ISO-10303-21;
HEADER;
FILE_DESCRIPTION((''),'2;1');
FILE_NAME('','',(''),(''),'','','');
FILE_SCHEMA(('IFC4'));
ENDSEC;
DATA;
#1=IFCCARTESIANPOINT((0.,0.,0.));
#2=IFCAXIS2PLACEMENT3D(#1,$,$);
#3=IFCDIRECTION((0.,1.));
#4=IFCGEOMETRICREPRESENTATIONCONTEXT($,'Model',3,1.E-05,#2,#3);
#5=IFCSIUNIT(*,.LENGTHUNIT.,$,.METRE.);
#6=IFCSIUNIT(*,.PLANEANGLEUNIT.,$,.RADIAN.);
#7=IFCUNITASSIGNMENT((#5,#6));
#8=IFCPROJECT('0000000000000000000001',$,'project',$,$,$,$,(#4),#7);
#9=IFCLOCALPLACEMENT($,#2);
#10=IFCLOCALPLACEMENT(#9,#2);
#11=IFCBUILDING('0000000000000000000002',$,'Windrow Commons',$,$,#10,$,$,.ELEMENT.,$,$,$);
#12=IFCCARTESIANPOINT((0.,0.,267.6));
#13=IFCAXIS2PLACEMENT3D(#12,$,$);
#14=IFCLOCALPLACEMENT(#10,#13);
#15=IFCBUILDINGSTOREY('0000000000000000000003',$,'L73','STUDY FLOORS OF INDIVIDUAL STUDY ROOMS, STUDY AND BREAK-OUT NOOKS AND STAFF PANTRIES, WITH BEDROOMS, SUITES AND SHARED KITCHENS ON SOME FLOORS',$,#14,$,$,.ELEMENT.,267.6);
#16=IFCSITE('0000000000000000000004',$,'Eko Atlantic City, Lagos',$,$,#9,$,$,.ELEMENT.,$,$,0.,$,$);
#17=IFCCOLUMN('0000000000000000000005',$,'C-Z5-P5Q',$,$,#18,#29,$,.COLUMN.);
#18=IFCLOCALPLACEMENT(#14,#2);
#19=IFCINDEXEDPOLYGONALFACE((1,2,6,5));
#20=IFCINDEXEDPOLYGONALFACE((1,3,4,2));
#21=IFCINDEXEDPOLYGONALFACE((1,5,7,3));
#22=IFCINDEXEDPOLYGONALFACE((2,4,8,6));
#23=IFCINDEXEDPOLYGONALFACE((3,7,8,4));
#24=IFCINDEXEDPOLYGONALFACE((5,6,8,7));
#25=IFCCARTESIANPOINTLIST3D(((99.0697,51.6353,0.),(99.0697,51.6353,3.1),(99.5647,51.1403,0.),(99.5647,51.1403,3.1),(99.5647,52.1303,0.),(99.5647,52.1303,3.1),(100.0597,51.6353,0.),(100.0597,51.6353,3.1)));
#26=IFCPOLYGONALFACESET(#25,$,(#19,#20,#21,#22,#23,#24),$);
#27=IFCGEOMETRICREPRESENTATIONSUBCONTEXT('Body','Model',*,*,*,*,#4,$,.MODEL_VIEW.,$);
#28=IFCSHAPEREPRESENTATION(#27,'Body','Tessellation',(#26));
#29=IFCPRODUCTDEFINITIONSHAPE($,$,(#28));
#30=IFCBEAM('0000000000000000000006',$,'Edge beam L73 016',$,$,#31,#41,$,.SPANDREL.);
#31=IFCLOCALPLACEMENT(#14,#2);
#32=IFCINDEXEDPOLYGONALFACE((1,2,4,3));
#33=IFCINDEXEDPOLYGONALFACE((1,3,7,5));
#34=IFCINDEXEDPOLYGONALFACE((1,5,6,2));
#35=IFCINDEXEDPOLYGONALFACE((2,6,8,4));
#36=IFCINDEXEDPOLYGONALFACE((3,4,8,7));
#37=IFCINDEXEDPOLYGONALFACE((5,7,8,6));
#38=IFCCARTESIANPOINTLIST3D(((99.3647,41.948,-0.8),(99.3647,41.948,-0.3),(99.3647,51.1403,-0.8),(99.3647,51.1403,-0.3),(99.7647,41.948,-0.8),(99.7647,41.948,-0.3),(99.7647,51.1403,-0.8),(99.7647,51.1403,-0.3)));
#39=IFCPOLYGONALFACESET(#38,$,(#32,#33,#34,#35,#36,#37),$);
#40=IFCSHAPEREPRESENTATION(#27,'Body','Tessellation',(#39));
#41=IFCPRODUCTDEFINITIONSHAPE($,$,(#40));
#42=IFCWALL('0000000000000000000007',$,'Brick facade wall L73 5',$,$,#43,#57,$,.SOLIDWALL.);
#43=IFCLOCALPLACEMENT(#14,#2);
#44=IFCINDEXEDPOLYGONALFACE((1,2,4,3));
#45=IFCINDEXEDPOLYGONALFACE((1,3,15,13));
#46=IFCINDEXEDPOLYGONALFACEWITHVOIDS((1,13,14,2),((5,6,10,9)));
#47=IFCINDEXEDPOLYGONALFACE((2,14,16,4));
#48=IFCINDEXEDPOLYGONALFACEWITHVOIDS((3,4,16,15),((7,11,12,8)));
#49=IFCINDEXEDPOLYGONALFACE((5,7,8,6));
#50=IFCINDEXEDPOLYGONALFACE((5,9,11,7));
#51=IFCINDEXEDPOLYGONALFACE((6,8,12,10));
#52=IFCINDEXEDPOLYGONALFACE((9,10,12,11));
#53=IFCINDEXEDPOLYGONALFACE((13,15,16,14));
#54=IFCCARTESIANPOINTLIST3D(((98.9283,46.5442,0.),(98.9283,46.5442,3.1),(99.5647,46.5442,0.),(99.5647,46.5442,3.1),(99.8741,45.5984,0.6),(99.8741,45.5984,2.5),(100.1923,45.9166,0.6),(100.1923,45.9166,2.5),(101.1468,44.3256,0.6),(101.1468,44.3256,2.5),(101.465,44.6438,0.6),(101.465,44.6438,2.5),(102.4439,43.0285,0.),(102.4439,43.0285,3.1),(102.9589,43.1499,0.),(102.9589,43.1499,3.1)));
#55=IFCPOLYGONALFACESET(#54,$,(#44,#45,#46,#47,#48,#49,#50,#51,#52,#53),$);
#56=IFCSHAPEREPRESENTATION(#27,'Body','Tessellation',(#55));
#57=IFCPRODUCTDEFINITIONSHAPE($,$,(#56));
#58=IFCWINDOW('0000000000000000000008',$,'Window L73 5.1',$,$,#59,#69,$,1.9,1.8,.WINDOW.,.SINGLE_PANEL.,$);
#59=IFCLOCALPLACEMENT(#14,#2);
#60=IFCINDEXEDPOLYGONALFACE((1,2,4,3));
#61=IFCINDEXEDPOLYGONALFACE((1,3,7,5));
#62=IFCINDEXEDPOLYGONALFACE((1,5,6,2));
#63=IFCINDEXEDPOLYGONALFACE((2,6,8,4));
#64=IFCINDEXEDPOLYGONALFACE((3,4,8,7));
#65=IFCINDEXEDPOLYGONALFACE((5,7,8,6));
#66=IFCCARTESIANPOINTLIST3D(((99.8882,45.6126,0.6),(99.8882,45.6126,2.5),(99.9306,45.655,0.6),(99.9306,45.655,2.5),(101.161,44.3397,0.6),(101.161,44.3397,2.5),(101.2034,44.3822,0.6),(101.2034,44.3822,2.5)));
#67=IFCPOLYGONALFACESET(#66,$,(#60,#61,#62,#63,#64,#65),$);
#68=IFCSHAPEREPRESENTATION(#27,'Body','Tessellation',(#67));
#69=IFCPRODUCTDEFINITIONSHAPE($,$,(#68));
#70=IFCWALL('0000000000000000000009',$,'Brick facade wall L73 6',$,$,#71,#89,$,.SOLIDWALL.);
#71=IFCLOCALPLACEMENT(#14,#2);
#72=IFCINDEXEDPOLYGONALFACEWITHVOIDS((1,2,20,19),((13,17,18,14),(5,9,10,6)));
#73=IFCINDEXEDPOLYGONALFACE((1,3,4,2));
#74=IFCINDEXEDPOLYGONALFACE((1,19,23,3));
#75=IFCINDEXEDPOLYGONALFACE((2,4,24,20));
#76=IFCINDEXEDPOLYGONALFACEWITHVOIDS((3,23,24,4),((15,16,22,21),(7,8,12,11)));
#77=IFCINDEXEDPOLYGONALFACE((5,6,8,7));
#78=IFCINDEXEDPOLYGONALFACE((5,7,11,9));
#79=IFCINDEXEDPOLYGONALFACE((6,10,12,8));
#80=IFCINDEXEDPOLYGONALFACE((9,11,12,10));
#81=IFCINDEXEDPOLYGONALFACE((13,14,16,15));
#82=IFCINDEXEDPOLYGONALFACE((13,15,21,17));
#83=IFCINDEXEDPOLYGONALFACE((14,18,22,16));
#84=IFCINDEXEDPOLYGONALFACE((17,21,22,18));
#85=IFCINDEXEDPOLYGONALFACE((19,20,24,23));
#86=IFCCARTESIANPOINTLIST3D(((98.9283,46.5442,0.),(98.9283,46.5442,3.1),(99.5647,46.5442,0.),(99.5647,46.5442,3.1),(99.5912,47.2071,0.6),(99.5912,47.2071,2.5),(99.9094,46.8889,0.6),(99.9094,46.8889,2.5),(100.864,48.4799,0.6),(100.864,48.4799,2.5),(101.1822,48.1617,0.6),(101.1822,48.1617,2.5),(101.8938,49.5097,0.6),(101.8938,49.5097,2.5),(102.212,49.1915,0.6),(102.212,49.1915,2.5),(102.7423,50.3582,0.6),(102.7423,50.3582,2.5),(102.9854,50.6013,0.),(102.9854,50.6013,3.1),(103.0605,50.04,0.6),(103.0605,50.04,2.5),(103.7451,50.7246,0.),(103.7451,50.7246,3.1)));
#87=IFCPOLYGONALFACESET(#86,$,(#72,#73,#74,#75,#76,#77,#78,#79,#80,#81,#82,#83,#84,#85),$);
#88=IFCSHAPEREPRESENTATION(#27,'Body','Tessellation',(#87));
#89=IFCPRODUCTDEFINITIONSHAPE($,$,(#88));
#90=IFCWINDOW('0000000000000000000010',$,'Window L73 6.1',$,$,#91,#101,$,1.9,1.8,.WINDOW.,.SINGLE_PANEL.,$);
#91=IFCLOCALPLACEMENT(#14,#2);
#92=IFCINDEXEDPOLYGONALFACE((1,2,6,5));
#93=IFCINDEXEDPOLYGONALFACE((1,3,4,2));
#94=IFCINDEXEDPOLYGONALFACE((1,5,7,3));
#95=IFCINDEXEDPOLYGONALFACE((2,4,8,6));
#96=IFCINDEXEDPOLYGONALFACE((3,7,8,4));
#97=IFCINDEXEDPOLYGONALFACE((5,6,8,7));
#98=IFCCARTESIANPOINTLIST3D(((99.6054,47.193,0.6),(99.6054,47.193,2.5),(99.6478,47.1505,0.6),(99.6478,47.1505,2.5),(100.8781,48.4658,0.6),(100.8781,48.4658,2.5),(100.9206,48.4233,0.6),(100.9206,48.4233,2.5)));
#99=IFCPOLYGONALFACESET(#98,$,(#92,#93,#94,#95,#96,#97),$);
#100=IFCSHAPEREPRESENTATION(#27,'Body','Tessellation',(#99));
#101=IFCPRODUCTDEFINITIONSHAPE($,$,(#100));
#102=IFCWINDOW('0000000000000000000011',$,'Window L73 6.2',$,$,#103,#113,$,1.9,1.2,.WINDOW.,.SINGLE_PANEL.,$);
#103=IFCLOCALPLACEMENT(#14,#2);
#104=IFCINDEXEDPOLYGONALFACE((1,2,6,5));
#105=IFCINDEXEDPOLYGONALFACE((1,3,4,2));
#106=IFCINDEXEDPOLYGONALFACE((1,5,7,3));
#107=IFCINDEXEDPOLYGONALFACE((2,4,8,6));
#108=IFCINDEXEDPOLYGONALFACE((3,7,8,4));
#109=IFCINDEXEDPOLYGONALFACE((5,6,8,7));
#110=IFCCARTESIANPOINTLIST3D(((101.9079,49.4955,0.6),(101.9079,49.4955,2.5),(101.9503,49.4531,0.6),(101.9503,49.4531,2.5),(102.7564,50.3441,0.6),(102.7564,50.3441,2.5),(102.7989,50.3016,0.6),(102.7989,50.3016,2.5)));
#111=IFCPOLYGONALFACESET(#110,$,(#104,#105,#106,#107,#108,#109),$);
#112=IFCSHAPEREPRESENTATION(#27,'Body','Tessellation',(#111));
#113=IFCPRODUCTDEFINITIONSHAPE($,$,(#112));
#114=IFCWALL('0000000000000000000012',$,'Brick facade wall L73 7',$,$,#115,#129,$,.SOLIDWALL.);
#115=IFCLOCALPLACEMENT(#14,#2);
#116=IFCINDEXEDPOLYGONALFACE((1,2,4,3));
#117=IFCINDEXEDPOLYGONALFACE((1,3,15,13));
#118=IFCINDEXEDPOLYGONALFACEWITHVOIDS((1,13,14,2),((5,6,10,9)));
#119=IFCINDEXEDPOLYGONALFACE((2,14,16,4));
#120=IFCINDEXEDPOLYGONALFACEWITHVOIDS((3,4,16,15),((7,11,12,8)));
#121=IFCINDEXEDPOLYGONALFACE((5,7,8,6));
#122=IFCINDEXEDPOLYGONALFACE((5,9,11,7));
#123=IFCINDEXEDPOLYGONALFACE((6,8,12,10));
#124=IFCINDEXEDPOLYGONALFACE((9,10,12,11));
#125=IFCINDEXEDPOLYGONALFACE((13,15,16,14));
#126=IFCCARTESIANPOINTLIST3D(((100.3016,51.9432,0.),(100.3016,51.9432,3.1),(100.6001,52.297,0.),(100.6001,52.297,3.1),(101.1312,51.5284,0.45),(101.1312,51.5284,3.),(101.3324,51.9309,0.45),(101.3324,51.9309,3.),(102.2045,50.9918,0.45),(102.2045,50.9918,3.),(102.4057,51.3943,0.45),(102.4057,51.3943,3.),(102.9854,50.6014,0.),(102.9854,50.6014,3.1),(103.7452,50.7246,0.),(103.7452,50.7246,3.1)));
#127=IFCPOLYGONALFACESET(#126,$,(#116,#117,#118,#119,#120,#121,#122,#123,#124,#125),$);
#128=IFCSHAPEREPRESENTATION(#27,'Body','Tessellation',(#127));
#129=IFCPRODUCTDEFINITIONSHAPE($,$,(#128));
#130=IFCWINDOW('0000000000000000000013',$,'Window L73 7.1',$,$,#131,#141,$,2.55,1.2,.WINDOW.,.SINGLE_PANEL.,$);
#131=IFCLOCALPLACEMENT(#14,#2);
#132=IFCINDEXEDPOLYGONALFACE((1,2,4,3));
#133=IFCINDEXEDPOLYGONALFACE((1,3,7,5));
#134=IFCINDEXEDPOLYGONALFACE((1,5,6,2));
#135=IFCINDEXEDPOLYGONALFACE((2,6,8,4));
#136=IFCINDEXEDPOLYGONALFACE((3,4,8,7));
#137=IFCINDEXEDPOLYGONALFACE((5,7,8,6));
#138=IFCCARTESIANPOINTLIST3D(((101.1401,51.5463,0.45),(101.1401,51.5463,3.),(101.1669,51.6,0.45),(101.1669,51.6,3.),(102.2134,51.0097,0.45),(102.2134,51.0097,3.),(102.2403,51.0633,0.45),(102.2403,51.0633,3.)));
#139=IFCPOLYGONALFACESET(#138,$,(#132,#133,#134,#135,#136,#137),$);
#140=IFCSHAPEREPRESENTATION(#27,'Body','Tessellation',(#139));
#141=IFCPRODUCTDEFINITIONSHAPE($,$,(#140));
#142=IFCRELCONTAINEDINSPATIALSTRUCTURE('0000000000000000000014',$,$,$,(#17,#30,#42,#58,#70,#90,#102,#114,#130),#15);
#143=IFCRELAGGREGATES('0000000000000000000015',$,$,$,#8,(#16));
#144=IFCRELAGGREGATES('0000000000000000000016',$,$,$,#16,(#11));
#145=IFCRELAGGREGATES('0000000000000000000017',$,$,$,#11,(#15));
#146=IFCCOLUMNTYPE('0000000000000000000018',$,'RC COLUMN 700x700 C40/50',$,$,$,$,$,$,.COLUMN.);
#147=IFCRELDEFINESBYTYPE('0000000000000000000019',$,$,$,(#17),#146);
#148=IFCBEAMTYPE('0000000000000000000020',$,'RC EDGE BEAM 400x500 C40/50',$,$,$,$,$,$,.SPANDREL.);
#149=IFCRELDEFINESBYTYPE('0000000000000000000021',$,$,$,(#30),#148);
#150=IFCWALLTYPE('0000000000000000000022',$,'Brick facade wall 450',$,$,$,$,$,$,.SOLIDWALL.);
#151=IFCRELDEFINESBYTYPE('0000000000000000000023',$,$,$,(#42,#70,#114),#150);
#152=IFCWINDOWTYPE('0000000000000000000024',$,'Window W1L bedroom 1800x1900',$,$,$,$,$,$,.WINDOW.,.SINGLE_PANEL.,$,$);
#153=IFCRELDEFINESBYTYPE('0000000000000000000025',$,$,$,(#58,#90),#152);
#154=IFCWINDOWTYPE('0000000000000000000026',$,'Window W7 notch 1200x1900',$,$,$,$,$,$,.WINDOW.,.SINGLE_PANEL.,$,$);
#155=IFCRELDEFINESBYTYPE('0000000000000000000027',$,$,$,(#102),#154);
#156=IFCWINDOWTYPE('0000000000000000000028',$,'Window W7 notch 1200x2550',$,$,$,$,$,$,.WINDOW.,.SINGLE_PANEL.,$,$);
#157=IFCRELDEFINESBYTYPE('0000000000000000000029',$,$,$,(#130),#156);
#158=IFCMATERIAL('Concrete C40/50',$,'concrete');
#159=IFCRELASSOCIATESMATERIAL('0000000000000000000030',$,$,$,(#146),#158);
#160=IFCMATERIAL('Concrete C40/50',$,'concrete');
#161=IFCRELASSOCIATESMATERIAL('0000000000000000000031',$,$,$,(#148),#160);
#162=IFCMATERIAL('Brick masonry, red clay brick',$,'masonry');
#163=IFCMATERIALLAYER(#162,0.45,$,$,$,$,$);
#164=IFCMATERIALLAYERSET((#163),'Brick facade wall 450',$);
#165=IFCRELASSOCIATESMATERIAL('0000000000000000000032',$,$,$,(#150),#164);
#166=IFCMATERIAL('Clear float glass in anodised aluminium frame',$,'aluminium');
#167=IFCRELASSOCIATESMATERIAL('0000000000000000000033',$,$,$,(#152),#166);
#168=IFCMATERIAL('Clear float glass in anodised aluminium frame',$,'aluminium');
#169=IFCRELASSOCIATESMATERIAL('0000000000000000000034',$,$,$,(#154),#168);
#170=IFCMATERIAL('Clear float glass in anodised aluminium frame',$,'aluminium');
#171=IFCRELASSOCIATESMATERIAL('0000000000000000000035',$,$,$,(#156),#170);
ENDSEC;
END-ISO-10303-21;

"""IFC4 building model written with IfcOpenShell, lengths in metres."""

from ifc_helpers import new_model, si_unit, direction, frame, frame_2d, origin, origin_2d, place, context, subcontext, project, spatial, polyline, rectangle, outline, extrude, material, layer, layer_set, material_profile, profile_set, type_object, element, fill, save


model = new_model("IFC4")

# Units and contexts
model_context = context("Model", 3, precision=1e-05, world=origin(), true_north=direction((0.0, 1.0)))
body_context = subcontext(model_context, "Body", "Model", "MODEL_VIEW")
ifc_project = project(units=[si_unit("LENGTHUNIT", "METRE"), si_unit("PLANEANGLEUNIT", "RADIAN")], contexts=[model_context])

# Site, building, storey
site_placement = place(None, origin())
site = spatial("IfcSite", under=ifc_project, at=site_placement, Name="Eko Atlantic City, Lagos", CompositionType="ELEMENT", RefElevation=0.0)
building_placement = place(site_placement, origin())
building = spatial("IfcBuilding", under=site, at=building_placement, Name="Windrow Commons", CompositionType="ELEMENT")
storey_placement = place(building_placement, frame((0.0, 0.0, 267.6)))
storey = spatial("IfcBuildingStorey", under=building, at=storey_placement, Name="L73", Description="STUDY FLOORS OF INDIVIDUAL STUDY ROOMS, STUDY AND BREAK-OUT NOOKS AND STAFF PANTRIES, WITH BEDROOMS, SUITES AND SHARED KITCHENS ON SOME FLOORS", CompositionType="ELEMENT", Elevation=267.6)

# Column
ifc_material_1 = material(Name="Concrete C40/50", Category="concrete")
ifc_material_profile_1 = material_profile(ifc_material_1, rectangle(XDim=0.7, YDim=0.7, at=origin_2d()))
ifc_profile_set_1 = profile_set([ifc_material_profile_1], Name="Concrete C40/50")
column_type = type_object("IfcColumnType", Name="RC COLUMN 700x700 C40/50", PredefinedType="COLUMN", material=ifc_profile_set_1)
column_placement = place(storey_placement, frame((99.5647, 51.6353, 0.0), z_axis=(0.0, 0.0, 1.0), x_axis=(0.707107, -0.707107, 0.0)))
element("IfcColumn", 1, at=column_placement, inside=storey, type_object=column_type, Name="C-Z5-P5Q", PredefinedType="COLUMN", context=body_context, shape_type="SweptSolid", body=[
    extrude(rectangle(XDim=0.7, YDim=0.7, at=origin_2d()), origin(), (0.0, 0.0, 1.0), 3.1),
])

# Beam
ifc_material_2 = material(Name="Concrete C40/50", Category="concrete")
ifc_material_profile_2 = material_profile(ifc_material_2, rectangle(XDim=0.4, YDim=0.5, at=origin_2d()))
ifc_profile_set_2 = profile_set([ifc_material_profile_2], Name="Concrete C40/50")
beam_type = type_object("IfcBeamType", Name="RC EDGE BEAM 400x500 C40/50", PredefinedType="SPANDREL", material=ifc_profile_set_2)
beam_placement = place(storey_placement, frame((99.5647, 51.1403, -0.55), z_axis=(0.0, -1.0, 0.0), x_axis=(1.0, 0.0, 0.0)))
element("IfcBeam", 2, at=beam_placement, inside=storey, type_object=beam_type, Name="Edge beam L73 016", PredefinedType="SPANDREL", context=body_context, shape_type="SweptSolid", body=[
    extrude(rectangle(XDim=0.4, YDim=0.5, at=origin_2d()), origin(), (0.0, 0.0, 1.0), 9.1923),
])

# Wall, opening, window
ifc_material_3 = material(Name="Brick masonry, red clay brick", Category="masonry")
ifc_layer_1 = layer(ifc_material_3, 0.45)
ifc_layer_set_1 = layer_set([ifc_layer_1], Name="Brick facade wall 450")
wall_type_1 = type_object("IfcWallType", Name="Brick facade wall 450", PredefinedType="SOLIDWALL", material=ifc_layer_set_1)
wall_1_placement = place(storey_placement, frame((102.7014, 43.0892, 0.0), z_axis=(0.0, 0.0, 1.0), x_axis=(-0.707097, 0.707117, 0.0)))
wall_1 = element("IfcWall", 3, at=wall_1_placement, inside=storey, type_object=wall_type_1, Name="Brick facade wall L73 5", PredefinedType="SOLIDWALL", context=body_context, shape_type="SweptSolid", body=[
    extrude(outline(polyline([(-0.1391, -0.225), (4.661, -0.225), (5.111, 0.225), (0.1391, 0.225), (-0.1391, -0.225)])), origin(), (0.0, 0.0, 1.0), 3.1),
])
opening_1_placement = place(wall_1_placement, frame((1.9735, 0.0, 0.6)))
opening_1 = element("IfcOpeningElement", 4, at=opening_1_placement, cuts=wall_1, PredefinedType="OPENING", context=body_context, shape_type="SweptSolid", body=[
    extrude(rectangle(XDim=1.8, YDim=1.9, at=frame_2d((0.9, 0.95))), frame((0.0, 0.235, 0.0), z_axis=(0.0, -1.0, 0.0), x_axis=(1.0, 0.0, 0.0)), (0.0, 0.0, 1.0), 0.47),
])
ifc_material_4 = material(Name="Clear float glass in anodised aluminium frame", Category="aluminium")
window_type_1 = type_object("IfcWindowType", Name="Window W1L bedroom 1800x1900", PartitioningType="SINGLE_PANEL", PredefinedType="WINDOW", material=ifc_material_4)
window_1_placement = place(opening_1_placement, origin())
window_1 = element("IfcWindow", 5, at=window_1_placement, inside=storey, type_object=window_type_1, Name="Window L73 5.1", OverallHeight=1.9, OverallWidth=1.8, PartitioningType="SINGLE_PANEL", PredefinedType="WINDOW", context=body_context, shape_type="SweptSolid", body=[
    extrude(rectangle(XDim=1.8, YDim=1.9, at=frame_2d((0.9, 0.95))), frame((0.0, 0.205, 0.0), z_axis=(0.0, -1.0, 0.0), x_axis=(1.0, 0.0, 0.0)), (0.0, 0.0, 1.0), 0.06),
])
fill(opening_1, window_1)

# Wall, openings, windows
wall_2_placement = place(storey_placement, frame((99.2465, 46.5442, 0.0), z_axis=(0.0, 0.0, 1.0), x_axis=(0.707107, 0.707107, 0.0)))
wall_2 = element("IfcWall", 6, at=wall_2_placement, inside=storey, type_object=wall_type_1, Name="Brick facade wall L73 6", PredefinedType="SOLIDWALL", context=body_context, shape_type="SweptSolid", body=[
    extrude(outline(polyline([(0.225, -0.225), (6.137, -0.225), (5.5126, 0.225), (-0.225, 0.225), (0.225, -0.225)])), origin(), (0.0, 0.0, 1.0), 3.1),
])
opening_2_placement = place(wall_2_placement, frame((0.7125, 0.0, 0.6)))
opening_2 = element("IfcOpeningElement", 7, at=opening_2_placement, cuts=wall_2, PredefinedType="OPENING", context=body_context, shape_type="SweptSolid", body=[
    extrude(rectangle(XDim=1.8, YDim=1.9, at=frame_2d((0.9, 0.95))), frame((0.0, 0.235, 0.0), z_axis=(0.0, -1.0, 0.0), x_axis=(1.0, 0.0, 0.0)), (0.0, 0.0, 1.0), 0.47),
])
opening_3_placement = place(wall_2_placement, frame((3.9688, 0.0, 0.6)))
opening_3 = element("IfcOpeningElement", 8, at=opening_3_placement, cuts=wall_2, PredefinedType="OPENING", context=body_context, shape_type="SweptSolid", body=[
    extrude(rectangle(XDim=1.2, YDim=1.9, at=frame_2d((0.6, 0.95))), frame((0.0, 0.235, 0.0), z_axis=(0.0, -1.0, 0.0), x_axis=(1.0, 0.0, 0.0)), (0.0, 0.0, 1.0), 0.47),
])
window_2_placement = place(opening_2_placement, origin())
window_2 = element("IfcWindow", 9, at=window_2_placement, inside=storey, type_object=window_type_1, Name="Window L73 6.1", OverallHeight=1.9, OverallWidth=1.8, PartitioningType="SINGLE_PANEL", PredefinedType="WINDOW", context=body_context, shape_type="SweptSolid", body=[
    extrude(rectangle(XDim=1.8, YDim=1.9, at=frame_2d((0.9, 0.95))), frame((0.0, 0.205, 0.0), z_axis=(0.0, -1.0, 0.0), x_axis=(1.0, 0.0, 0.0)), (0.0, 0.0, 1.0), 0.06),
])
fill(opening_2, window_2)
ifc_material_5 = material(Name="Clear float glass in anodised aluminium frame", Category="aluminium")
window_type_2 = type_object("IfcWindowType", Name="Window W7 notch 1200x1900", PartitioningType="SINGLE_PANEL", PredefinedType="WINDOW", material=ifc_material_5)
window_3_placement = place(opening_3_placement, origin())
window_3 = element("IfcWindow", 10, at=window_3_placement, inside=storey, type_object=window_type_2, Name="Window L73 6.2", OverallHeight=1.9, OverallWidth=1.2, PartitioningType="SINGLE_PANEL", PredefinedType="WINDOW", context=body_context, shape_type="SweptSolid", body=[
    extrude(rectangle(XDim=1.2, YDim=1.9, at=frame_2d((0.6, 0.95))), frame((0.0, 0.205, 0.0), z_axis=(0.0, -1.0, 0.0), x_axis=(1.0, 0.0, 0.0)), (0.0, 0.0, 1.0), 0.06),
])
fill(opening_3, window_3)

# Wall, opening, window
wall_3_placement = place(storey_placement, frame((103.3653, 50.663, 0.0), z_axis=(0.0, 0.0, 1.0), x_axis=(-0.894446, 0.447177, 0.0)))
wall_3 = element("IfcWall", 11, at=wall_3_placement, inside=storey, type_object=wall_type_1, Name="Brick facade wall L73 7", PredefinedType="SOLIDWALL", context=body_context, shape_type="SweptSolid", body=[
    extrude(outline(polyline([(-0.3122, -0.225), (3.204, -0.225), (3.3128, 0.225), (0.3122, 0.225), (-0.3122, -0.225)])), origin(), (0.0, 0.0, 1.0), 3.1),
])
opening_4_placement = place(wall_3_placement, frame((1.1853, 0.0, 0.45)))
opening_4 = element("IfcOpeningElement", 12, at=opening_4_placement, cuts=wall_3, PredefinedType="OPENING", context=body_context, shape_type="SweptSolid", body=[
    extrude(rectangle(XDim=1.2, YDim=2.55, at=frame_2d((0.6, 1.275))), frame((0.0, 0.235, 0.0), z_axis=(0.0, -1.0, 0.0), x_axis=(1.0, 0.0, 0.0)), (0.0, 0.0, 1.0), 0.47),
])
ifc_material_6 = material(Name="Clear float glass in anodised aluminium frame", Category="aluminium")
window_type_3 = type_object("IfcWindowType", Name="Window W7 notch 1200x2550", PartitioningType="SINGLE_PANEL", PredefinedType="WINDOW", material=ifc_material_6)
window_4_placement = place(opening_4_placement, origin())
window_4 = element("IfcWindow", 13, at=window_4_placement, inside=storey, type_object=window_type_3, Name="Window L73 7.1", OverallHeight=2.55, OverallWidth=1.2, PartitioningType="SINGLE_PANEL", PredefinedType="WINDOW", context=body_context, shape_type="SweptSolid", body=[
    extrude(rectangle(XDim=1.2, YDim=2.55, at=frame_2d((0.6, 1.275))), frame((0.0, 0.205, 0.0), z_axis=(0.0, -1.0, 0.0), x_axis=(1.0, 0.0, 0.0)), (0.0, 0.0, 1.0), 0.06),
])
fill(opening_4, window_4)

save(model, "model.ifc")
